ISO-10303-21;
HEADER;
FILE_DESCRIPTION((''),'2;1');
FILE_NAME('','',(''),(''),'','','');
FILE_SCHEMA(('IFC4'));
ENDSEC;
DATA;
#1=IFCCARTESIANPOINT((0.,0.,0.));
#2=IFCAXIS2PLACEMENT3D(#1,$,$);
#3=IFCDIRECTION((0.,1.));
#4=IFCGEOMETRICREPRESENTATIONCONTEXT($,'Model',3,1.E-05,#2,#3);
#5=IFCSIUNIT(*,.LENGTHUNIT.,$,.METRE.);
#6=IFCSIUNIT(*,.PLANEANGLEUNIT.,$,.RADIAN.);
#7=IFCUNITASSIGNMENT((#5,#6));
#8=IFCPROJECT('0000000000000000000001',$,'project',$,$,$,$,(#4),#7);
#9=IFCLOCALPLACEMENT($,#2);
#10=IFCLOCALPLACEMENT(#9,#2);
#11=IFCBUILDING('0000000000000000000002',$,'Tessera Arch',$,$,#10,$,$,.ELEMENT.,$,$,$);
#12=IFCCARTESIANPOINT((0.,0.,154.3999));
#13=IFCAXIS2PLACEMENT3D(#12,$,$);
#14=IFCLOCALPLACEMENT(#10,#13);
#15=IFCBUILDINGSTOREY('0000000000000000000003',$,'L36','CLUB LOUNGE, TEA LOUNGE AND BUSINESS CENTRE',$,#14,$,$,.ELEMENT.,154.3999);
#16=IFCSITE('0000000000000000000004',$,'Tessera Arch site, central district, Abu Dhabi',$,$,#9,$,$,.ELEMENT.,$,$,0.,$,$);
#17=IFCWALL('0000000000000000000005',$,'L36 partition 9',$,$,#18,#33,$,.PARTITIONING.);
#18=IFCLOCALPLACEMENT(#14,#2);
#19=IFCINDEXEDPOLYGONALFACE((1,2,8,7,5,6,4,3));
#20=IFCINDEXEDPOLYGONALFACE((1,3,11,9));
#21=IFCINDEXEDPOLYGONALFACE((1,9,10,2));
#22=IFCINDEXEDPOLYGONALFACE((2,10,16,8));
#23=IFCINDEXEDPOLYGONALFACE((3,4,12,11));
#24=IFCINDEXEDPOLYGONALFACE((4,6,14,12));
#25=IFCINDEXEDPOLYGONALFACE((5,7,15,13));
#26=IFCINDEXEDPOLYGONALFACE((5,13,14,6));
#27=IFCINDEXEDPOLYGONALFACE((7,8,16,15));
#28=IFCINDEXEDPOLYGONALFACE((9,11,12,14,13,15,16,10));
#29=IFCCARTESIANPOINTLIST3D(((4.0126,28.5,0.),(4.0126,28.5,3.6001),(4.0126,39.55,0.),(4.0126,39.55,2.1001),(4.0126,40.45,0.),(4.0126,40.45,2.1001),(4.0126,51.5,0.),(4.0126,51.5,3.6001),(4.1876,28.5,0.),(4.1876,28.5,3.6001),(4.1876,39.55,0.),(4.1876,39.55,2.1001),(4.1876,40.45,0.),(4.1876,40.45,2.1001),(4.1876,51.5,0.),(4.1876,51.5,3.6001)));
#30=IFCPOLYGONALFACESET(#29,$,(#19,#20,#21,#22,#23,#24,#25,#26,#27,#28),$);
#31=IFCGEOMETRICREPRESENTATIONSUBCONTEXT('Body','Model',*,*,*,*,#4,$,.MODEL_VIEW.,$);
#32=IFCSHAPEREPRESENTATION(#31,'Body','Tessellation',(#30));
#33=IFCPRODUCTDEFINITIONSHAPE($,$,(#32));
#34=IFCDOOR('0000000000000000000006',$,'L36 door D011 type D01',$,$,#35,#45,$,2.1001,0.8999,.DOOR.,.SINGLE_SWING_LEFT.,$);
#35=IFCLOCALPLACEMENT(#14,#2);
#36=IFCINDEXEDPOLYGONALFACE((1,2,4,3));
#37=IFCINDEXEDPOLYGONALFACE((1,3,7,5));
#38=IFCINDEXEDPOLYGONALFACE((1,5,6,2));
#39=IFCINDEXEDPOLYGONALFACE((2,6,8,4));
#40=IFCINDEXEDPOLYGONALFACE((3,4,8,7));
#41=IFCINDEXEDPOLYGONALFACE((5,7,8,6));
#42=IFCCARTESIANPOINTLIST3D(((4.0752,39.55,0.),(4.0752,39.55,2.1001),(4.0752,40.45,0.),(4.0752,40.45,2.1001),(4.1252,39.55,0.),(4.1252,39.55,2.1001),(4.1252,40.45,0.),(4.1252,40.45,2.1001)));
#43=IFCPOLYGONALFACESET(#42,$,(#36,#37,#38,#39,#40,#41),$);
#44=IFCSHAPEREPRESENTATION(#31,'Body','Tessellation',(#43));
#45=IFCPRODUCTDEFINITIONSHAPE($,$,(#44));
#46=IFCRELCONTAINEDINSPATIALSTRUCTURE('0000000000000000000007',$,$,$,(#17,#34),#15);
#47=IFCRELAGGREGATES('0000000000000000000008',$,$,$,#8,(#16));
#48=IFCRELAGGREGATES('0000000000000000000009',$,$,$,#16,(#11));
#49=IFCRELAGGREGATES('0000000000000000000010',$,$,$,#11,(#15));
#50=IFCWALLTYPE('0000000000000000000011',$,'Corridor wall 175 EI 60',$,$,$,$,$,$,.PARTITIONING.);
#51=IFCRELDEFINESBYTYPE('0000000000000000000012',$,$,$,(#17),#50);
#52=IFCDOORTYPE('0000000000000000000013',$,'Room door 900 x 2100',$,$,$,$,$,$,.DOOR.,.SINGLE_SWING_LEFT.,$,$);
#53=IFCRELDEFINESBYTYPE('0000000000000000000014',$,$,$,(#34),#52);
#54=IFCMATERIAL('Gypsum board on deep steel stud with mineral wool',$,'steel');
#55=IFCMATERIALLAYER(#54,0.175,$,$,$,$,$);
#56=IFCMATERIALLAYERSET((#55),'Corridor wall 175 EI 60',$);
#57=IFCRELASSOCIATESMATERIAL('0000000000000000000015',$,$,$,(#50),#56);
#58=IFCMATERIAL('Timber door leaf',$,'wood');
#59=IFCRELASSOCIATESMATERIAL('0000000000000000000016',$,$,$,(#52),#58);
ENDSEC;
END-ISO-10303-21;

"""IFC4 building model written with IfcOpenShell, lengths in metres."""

from ifc_helpers import new_model, si_unit, direction, frame, frame_2d, origin, place, context, subcontext, project, spatial, rectangle, extrude, material, layer, layer_set, type_object, element, fill, save


model = new_model("IFC4")

# Units and contexts
model_context = context("Model", 3, precision=1e-05, world=origin(), true_north=direction((0.0, 1.0)))
body_context = subcontext(model_context, "Body", "Model", "MODEL_VIEW")
ifc_project = project(units=[si_unit("LENGTHUNIT", "METRE"), si_unit("PLANEANGLEUNIT", "RADIAN")], contexts=[model_context])

# Site, building, storey
site_placement = place(None, origin())
site = spatial("IfcSite", under=ifc_project, at=site_placement, Name="Tessera Arch site, central district, Abu Dhabi", CompositionType="ELEMENT", RefElevation=0.0)
building_placement = place(site_placement, origin())
building = spatial("IfcBuilding", under=site, at=building_placement, Name="Tessera Arch", CompositionType="ELEMENT")
storey_placement = place(building_placement, frame((0.0, 0.0, 154.3999)))
storey = spatial("IfcBuildingStorey", under=building, at=storey_placement, Name="L36", Description="CLUB LOUNGE, TEA LOUNGE AND BUSINESS CENTRE", CompositionType="ELEMENT", Elevation=154.3999)

# Shared definitions
ifc_material_1 = material(Name="Gypsum board on deep steel stud with mineral wool", Category="steel")
ifc_layer_1 = layer(ifc_material_1, 0.175)
ifc_layer_set_1 = layer_set([ifc_layer_1], Name="Corridor wall 175 EI 60")
wall_type_1 = type_object("IfcWallType", Name="Corridor wall 175 EI 60", PredefinedType="PARTITIONING", material=ifc_layer_set_1)

# Wall, opening, door
wall_1_placement = place(storey_placement, frame((4.1001, 28.5, 0.0), z_axis=(0.0, 0.0, 1.0), x_axis=(0.0, 1.0, 0.0)))
wall_1 = element("IfcWall", 1, at=wall_1_placement, inside=storey, type_object=wall_type_1, Name="L36 partition 9", PredefinedType="PARTITIONING", context=body_context, shape_type="SweptSolid", body=[
    extrude(rectangle(XDim=23.0, YDim=0.175, at=frame_2d((11.5, 0.0))), origin(), (0.0, 0.0, 1.0), 3.6001),
])
opening_1_placement = place(wall_1_placement, frame((11.05, 0.0, 0.0)))
opening_1 = element("IfcOpeningElement", 2, at=opening_1_placement, cuts=wall_1, PredefinedType="OPENING", context=body_context, shape_type="SweptSolid", body=[
    extrude(rectangle(XDim=0.8999, YDim=2.1001, at=frame_2d((0.45, 1.05))), frame((0.0, 0.0974, 0.0), z_axis=(0.0, -1.0, 0.0), x_axis=(1.0, 0.0, 0.0)), (0.0, 0.0, 1.0), 0.1951),
])
ifc_material_2 = material(Name="Timber door leaf", Category="wood")
door_type_1 = type_object("IfcDoorType", Name="Room door 900 x 2100", OperationType="SINGLE_SWING_LEFT", PredefinedType="DOOR", material=ifc_material_2)
door_1_placement = place(opening_1_placement, origin())
door_1 = element("IfcDoor", 3, at=door_1_placement, inside=storey, type_object=door_type_1, Name="L36 door D011 type D01", OperationType="SINGLE_SWING_LEFT", OverallHeight=2.1001, OverallWidth=0.8999, PredefinedType="DOOR", context=body_context, shape_type="SweptSolid", body=[
    extrude(rectangle(XDim=0.8999, YDim=2.1001, at=frame_2d((0.45, 1.05))), frame((0.0, 0.0249, 0.0), z_axis=(0.0, -1.0, 0.0), x_axis=(1.0, 0.0, 0.0)), (0.0, 0.0, 1.0), 0.05),
])
fill(opening_1, door_1)

save(model, "model.ifc")
